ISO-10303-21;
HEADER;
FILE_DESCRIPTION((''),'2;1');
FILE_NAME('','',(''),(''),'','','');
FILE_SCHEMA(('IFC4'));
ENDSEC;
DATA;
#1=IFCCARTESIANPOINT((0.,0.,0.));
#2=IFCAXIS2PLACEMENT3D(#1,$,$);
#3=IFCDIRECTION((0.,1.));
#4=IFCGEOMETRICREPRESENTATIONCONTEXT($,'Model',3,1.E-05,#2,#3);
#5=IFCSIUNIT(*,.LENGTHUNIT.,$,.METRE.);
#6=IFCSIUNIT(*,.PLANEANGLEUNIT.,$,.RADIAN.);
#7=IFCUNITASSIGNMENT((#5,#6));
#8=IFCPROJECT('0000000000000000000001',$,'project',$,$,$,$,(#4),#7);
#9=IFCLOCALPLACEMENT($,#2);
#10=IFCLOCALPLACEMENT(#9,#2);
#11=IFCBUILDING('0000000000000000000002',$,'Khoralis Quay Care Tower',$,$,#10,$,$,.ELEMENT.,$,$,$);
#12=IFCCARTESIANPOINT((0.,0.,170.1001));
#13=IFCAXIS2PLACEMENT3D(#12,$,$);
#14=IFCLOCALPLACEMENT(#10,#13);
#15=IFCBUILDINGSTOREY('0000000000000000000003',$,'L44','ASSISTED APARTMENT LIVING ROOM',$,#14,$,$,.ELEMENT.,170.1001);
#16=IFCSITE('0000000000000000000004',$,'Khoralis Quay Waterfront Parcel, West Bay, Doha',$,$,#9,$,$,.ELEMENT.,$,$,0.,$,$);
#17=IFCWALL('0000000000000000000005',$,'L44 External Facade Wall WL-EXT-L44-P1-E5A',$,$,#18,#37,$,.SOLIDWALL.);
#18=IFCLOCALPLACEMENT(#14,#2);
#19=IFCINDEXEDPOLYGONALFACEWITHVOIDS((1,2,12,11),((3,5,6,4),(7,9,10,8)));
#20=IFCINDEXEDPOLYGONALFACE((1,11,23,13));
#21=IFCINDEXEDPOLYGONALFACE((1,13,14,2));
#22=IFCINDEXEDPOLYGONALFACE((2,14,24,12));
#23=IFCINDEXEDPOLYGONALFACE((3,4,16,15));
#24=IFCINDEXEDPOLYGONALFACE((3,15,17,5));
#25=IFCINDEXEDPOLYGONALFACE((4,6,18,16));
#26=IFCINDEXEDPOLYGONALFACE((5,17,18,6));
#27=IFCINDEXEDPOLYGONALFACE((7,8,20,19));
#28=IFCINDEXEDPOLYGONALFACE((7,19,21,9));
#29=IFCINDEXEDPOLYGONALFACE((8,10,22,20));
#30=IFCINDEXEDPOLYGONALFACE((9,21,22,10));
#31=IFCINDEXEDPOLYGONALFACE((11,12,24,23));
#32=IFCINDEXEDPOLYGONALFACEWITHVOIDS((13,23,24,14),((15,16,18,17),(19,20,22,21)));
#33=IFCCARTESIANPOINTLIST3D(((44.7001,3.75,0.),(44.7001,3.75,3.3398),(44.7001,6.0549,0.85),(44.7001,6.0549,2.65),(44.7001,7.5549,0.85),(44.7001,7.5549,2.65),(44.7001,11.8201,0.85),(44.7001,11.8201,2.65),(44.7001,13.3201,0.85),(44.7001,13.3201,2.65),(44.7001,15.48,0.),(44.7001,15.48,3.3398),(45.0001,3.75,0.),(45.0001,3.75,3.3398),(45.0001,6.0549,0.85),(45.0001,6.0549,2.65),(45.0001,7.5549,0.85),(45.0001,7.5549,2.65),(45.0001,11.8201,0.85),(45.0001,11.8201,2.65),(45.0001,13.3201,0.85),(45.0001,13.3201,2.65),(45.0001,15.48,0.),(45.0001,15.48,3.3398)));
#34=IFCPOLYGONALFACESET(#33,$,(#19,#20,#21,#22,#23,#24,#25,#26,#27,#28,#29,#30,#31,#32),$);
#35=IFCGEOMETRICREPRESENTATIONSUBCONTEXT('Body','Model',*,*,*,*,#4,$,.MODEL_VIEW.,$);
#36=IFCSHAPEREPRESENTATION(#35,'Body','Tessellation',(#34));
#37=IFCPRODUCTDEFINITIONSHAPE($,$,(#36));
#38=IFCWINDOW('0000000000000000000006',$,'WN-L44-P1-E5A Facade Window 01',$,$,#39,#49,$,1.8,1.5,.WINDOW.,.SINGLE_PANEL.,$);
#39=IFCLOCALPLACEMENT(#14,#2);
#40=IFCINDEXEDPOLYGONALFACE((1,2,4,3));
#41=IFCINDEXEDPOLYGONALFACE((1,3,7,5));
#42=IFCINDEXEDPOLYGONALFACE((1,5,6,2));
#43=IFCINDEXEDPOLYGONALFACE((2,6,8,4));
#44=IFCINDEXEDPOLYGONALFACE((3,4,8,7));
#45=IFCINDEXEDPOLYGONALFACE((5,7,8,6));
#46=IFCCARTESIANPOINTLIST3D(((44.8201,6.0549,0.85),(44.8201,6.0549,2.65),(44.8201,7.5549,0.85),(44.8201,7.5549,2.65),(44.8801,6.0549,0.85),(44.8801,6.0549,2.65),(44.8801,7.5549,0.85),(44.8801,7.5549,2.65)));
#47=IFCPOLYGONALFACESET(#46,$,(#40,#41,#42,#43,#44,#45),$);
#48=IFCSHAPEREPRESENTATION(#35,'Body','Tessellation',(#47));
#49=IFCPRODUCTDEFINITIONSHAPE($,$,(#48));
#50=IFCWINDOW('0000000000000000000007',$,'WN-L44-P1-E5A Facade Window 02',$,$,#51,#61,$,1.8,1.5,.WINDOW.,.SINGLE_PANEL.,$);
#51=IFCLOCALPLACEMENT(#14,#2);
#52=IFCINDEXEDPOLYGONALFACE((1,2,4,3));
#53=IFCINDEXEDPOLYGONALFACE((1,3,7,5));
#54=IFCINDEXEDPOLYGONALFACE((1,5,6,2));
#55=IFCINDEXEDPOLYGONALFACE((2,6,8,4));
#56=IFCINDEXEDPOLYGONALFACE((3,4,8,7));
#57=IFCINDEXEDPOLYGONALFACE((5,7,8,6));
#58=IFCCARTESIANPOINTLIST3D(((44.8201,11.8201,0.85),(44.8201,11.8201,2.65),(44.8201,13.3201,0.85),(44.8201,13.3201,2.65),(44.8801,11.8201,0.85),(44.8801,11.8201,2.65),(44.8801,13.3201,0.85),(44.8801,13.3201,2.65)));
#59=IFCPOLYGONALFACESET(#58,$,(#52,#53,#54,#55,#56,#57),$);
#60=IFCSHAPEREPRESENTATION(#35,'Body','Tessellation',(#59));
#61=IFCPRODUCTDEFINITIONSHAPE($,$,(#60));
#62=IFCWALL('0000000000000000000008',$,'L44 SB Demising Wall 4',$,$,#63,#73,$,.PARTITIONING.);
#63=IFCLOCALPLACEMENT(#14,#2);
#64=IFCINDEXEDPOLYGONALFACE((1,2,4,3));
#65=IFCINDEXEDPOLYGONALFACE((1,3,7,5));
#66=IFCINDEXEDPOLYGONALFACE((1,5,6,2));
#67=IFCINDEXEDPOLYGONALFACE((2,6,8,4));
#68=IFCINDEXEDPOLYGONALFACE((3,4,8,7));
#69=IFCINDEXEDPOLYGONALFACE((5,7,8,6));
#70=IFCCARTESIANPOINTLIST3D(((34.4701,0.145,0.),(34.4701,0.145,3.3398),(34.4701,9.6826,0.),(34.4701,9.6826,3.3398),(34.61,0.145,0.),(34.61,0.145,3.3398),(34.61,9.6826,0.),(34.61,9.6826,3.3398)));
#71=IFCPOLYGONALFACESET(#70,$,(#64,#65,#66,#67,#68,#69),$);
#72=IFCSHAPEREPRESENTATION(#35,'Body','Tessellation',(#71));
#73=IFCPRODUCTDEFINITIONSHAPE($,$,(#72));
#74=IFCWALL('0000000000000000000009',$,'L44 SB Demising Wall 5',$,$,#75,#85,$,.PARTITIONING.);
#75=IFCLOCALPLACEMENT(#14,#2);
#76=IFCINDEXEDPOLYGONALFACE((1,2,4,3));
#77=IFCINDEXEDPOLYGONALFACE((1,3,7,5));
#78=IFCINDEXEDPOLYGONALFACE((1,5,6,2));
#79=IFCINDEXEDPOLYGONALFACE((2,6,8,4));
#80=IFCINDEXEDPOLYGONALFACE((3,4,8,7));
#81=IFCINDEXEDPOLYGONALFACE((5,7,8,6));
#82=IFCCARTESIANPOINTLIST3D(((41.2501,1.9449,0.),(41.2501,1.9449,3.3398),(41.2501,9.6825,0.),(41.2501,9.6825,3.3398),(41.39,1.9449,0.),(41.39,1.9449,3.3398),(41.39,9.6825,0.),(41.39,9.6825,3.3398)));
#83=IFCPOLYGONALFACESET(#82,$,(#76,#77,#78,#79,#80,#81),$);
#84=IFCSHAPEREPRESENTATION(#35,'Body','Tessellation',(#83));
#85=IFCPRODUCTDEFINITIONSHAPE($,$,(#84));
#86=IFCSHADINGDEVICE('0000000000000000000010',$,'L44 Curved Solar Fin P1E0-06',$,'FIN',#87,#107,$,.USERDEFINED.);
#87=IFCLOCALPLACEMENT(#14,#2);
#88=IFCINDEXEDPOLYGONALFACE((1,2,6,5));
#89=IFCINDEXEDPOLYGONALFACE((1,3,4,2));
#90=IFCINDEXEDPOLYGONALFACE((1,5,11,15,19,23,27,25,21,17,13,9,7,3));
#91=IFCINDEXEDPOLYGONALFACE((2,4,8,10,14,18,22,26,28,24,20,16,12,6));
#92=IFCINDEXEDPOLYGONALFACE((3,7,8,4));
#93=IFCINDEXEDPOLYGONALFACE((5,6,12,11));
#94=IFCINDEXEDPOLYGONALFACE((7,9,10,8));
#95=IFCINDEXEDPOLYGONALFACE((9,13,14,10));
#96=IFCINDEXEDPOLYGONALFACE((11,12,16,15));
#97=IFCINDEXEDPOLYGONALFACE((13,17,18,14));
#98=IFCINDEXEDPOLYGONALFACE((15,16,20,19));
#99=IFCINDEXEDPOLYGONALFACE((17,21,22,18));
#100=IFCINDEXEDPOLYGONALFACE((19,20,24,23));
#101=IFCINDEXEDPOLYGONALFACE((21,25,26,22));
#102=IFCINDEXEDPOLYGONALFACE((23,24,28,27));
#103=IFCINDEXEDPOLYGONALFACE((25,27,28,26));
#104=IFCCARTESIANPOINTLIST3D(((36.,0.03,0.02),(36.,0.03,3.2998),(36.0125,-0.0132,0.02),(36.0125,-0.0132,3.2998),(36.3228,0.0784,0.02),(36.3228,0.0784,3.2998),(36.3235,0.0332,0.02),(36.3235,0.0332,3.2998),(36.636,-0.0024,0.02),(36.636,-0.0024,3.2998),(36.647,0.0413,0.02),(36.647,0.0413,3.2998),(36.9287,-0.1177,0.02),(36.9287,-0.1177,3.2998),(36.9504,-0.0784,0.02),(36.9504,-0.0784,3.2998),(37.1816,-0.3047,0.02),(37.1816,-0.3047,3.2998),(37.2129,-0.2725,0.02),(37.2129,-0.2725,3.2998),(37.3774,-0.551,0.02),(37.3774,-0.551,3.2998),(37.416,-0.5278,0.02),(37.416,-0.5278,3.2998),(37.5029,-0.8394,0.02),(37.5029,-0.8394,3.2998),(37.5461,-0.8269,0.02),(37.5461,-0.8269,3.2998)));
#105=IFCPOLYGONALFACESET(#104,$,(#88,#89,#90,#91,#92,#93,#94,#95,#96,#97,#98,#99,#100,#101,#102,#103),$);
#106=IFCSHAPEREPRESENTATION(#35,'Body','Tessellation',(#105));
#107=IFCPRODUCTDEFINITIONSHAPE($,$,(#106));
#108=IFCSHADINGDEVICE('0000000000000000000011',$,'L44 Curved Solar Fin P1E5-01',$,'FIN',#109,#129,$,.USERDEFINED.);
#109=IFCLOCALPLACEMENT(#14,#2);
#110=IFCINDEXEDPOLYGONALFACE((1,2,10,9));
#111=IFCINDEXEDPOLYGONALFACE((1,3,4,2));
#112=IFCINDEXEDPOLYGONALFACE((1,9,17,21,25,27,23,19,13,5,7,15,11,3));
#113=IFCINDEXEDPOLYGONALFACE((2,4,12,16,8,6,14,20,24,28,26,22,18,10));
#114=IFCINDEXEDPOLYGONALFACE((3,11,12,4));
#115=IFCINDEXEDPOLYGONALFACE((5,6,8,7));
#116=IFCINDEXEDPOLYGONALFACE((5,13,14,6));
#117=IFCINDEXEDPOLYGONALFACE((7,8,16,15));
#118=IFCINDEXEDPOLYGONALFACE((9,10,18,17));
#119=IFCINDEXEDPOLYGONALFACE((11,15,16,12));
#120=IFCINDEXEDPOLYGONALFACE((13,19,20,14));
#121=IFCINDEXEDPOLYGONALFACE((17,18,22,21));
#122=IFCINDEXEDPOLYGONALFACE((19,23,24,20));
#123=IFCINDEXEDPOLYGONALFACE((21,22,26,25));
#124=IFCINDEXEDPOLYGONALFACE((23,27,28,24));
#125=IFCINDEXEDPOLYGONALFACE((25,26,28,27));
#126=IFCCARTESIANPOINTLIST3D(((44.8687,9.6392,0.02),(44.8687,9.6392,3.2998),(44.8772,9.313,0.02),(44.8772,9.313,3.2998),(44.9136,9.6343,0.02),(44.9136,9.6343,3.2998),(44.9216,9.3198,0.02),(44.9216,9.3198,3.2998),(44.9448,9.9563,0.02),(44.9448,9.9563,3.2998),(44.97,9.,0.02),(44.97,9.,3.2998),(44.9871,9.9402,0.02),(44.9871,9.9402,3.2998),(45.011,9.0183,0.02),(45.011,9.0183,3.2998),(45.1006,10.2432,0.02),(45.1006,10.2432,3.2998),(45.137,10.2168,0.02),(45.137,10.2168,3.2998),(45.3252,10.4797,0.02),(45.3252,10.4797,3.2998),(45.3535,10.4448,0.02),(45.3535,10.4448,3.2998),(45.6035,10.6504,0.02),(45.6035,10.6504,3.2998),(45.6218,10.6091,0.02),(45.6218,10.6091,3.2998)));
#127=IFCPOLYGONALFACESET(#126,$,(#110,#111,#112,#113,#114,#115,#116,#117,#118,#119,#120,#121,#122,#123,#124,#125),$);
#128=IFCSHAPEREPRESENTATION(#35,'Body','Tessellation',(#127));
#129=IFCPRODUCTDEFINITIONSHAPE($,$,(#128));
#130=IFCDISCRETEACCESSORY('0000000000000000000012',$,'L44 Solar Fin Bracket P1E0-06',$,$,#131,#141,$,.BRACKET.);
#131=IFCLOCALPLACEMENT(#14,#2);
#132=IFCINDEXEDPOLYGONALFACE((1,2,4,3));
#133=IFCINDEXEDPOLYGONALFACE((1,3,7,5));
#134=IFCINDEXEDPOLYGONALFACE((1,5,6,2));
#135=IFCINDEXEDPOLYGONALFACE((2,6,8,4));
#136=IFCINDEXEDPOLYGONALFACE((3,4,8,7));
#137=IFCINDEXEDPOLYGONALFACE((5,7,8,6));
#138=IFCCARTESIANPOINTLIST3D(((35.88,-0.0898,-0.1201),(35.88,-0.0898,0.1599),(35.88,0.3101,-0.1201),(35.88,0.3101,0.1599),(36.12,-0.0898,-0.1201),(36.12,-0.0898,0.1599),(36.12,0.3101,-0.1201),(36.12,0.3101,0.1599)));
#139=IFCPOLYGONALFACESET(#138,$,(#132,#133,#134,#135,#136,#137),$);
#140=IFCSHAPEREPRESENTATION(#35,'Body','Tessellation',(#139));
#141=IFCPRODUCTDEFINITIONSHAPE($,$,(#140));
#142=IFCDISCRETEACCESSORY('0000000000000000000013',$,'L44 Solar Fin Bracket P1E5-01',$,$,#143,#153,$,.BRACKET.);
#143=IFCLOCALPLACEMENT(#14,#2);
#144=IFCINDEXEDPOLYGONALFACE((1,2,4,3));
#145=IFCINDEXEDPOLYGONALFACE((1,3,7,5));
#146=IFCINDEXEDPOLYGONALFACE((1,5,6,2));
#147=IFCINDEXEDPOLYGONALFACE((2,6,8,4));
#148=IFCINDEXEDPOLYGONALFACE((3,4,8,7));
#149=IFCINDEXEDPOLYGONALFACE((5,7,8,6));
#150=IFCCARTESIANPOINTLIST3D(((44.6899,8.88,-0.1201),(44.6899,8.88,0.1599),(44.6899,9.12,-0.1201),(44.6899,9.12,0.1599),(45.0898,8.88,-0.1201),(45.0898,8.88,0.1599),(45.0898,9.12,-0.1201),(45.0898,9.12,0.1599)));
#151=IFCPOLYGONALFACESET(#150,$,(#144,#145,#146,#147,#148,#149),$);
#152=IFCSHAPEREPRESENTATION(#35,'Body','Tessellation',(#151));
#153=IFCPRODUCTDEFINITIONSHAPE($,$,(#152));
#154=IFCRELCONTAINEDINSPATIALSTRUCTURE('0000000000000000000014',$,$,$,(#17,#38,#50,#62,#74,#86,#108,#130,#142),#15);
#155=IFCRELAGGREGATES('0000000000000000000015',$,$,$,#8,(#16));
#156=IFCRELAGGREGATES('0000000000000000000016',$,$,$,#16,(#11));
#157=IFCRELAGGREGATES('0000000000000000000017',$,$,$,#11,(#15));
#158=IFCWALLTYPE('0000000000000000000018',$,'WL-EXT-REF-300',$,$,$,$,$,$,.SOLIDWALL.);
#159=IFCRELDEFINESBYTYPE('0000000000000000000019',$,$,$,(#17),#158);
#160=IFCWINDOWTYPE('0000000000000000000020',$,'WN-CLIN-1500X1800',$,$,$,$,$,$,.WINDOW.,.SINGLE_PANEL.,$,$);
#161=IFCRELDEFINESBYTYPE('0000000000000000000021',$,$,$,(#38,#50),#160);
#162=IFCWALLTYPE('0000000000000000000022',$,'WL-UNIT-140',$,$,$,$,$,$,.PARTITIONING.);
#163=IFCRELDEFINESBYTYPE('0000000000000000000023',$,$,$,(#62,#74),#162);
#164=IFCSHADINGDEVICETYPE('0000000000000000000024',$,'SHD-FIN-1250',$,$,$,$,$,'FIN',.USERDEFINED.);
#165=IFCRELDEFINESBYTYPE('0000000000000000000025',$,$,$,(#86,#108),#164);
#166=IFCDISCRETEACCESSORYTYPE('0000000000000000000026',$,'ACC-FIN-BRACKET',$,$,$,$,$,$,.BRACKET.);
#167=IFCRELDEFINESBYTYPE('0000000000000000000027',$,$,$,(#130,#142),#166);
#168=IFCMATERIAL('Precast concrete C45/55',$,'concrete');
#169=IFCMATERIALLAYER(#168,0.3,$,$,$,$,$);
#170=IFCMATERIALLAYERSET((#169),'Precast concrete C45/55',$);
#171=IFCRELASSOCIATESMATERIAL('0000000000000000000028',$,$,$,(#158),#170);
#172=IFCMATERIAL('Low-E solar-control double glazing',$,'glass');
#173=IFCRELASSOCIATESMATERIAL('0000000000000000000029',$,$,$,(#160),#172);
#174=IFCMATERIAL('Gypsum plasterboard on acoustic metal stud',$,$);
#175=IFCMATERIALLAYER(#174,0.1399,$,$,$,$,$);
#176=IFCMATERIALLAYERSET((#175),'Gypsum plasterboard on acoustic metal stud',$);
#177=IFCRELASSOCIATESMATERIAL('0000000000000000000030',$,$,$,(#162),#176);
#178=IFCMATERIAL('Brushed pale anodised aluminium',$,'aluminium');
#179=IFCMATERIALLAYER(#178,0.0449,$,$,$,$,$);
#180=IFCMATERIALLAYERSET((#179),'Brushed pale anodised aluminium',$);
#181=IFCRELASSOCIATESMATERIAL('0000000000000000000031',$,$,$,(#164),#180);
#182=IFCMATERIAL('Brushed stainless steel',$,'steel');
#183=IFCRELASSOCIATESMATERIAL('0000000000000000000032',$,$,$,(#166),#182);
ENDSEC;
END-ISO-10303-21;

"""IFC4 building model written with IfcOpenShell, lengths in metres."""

from ifc_helpers import new_model, si_unit, direction, frame, frame_2d, origin, origin_2d, place, context, subcontext, project, spatial, polyline, rectangle, outline, extrude, source, transform, mapped, material, layer, layer_set, type_object, element, fill, save


model = new_model("IFC4")

# Units and contexts
model_context = context("Model", 3, precision=1e-05, world=origin(), true_north=direction((0.0, 1.0)))
body_context = subcontext(model_context, "Body", "Model", "MODEL_VIEW")
ifc_project = project(units=[si_unit("LENGTHUNIT", "METRE"), si_unit("PLANEANGLEUNIT", "RADIAN")], contexts=[model_context])

# Site, building, storey
site_placement = place(None, origin())
site = spatial("IfcSite", under=ifc_project, at=site_placement, Name="Khoralis Quay Waterfront Parcel, West Bay, Doha", CompositionType="ELEMENT", RefElevation=0.0)
building_placement = place(site_placement, origin())
building = spatial("IfcBuilding", under=site, at=building_placement, Name="Khoralis Quay Care Tower", CompositionType="ELEMENT")
storey_placement = place(building_placement, frame((0.0, 0.0, 170.1001)))
storey = spatial("IfcBuildingStorey", under=building, at=storey_placement, Name="L44", Description="ASSISTED APARTMENT LIVING ROOM", CompositionType="ELEMENT", Elevation=170.1001)

# Shared definitions
ifc_material_1 = material(Name="Gypsum plasterboard on acoustic metal stud")

# Shared definitions
ifc_material_2 = material(Name="Precast concrete C45/55", Category="concrete")
ifc_layer_1 = layer(ifc_material_2, 0.3)
ifc_layer_set_1 = layer_set([ifc_layer_1], Name="Precast concrete C45/55")
wall_type_1 = type_object("IfcWallType", Name="WL-EXT-REF-300", PredefinedType="SOLIDWALL", material=ifc_layer_set_1)

# Wall, openings, windows
wall_1_placement = place(storey_placement, frame((44.8501, 3.75, 0.0), z_axis=(0.0, 0.0, 1.0), x_axis=(0.0, 1.0, 0.0)))
wall_1 = element("IfcWall", 1, at=wall_1_placement, inside=storey, type_object=wall_type_1, Name="L44 External Facade Wall WL-EXT-L44-P1-E5A", PredefinedType="SOLIDWALL", context=body_context, shape_type="SweptSolid", body=[
    extrude(rectangle(XDim=11.73, YDim=0.3, at=frame_2d((5.865, 0.0))), origin(), (0.0, 0.0, 1.0), 3.3398),
])
opening_1_placement = place(wall_1_placement, frame((2.3049, 0.0, 0.8501)))
opening_1 = element("IfcOpeningElement", 2, at=opening_1_placement, cuts=wall_1, PredefinedType="OPENING", context=body_context, shape_type="SweptSolid", body=[
    extrude(rectangle(XDim=1.5, YDim=1.8, at=frame_2d((0.75, 0.8999))), frame((0.0, 0.1602, 0.0), z_axis=(0.0, -1.0, 0.0), x_axis=(1.0, 0.0, 0.0)), (0.0, 0.0, 1.0), 0.3201),
])
opening_2_placement = place(wall_1_placement, frame((8.0701, 0.0, 0.8501)))
opening_2 = element("IfcOpeningElement", 3, at=opening_2_placement, cuts=wall_1, PredefinedType="OPENING", context=body_context, shape_type="SweptSolid", body=[
    extrude(rectangle(XDim=1.5, YDim=1.8, at=frame_2d((0.75, 0.8999))), frame((0.0, 0.1602, 0.0), z_axis=(0.0, -1.0, 0.0), x_axis=(1.0, 0.0, 0.0)), (0.0, 0.0, 1.0), 0.3201),
])
ifc_material_3 = material(Name="Low-E solar-control double glazing", Category="glass")
window_type = type_object("IfcWindowType", Name="WN-CLIN-1500X1800", PartitioningType="SINGLE_PANEL", PredefinedType="WINDOW", material=ifc_material_3)
shared_shape_1 = source(origin(), body_context, "Body", "SweptSolid", [
    extrude(rectangle(XDim=1.5, YDim=1.8, at=frame_2d((0.75, 0.8999))), frame((0.0, 0.03, 0.0), z_axis=(0.0, -1.0, 0.0), x_axis=(1.0, 0.0, 0.0)), (0.0, 0.0, 1.0), 0.0601),
])
window_1_placement = place(opening_1_placement, origin())
window_1 = element("IfcWindow", 4, at=window_1_placement, inside=storey, type_object=window_type, Name="WN-L44-P1-E5A Facade Window 01", OverallHeight=1.8, OverallWidth=1.5, PartitioningType="SINGLE_PANEL", PredefinedType="WINDOW", context=body_context, shape_type="MappedRepresentation", body=[
    mapped(shared_shape_1, transform((0.0, 0.0, 0.0), scale=1.0)),
])
fill(opening_1, window_1)
window_2_placement = place(opening_2_placement, origin())
window_2 = element("IfcWindow", 5, at=window_2_placement, inside=storey, type_object=window_type, Name="WN-L44-P1-E5A Facade Window 02", OverallHeight=1.8, OverallWidth=1.5, PartitioningType="SINGLE_PANEL", PredefinedType="WINDOW", context=body_context, shape_type="MappedRepresentation", body=[
    mapped(shared_shape_1, transform((0.0, 0.0, 0.0), scale=1.0)),
])
fill(opening_2, window_2)

# Walls
ifc_layer_2 = layer(ifc_material_1, 0.1399)
ifc_layer_set_2 = layer_set([ifc_layer_2], Name="Gypsum plasterboard on acoustic metal stud")
wall_type_2 = type_object("IfcWallType", Name="WL-UNIT-140", PredefinedType="PARTITIONING", material=ifc_layer_set_2)
wall_2_placement = place(storey_placement, frame((34.54, 0.145, 0.0), z_axis=(0.0, 0.0, 1.0), x_axis=(0.0, 1.0, 0.0)))
element("IfcWall", 6, at=wall_2_placement, inside=storey, type_object=wall_type_2, Name="L44 SB Demising Wall 4", PredefinedType="PARTITIONING", context=body_context, shape_type="SweptSolid", body=[
    extrude(rectangle(XDim=9.5376, YDim=0.1399, at=frame_2d((4.7688, 0.0))), origin(), (0.0, 0.0, 1.0), 3.3398),
])
wall_3_placement = place(storey_placement, frame((41.3201, 1.9451, 0.0), z_axis=(0.0, 0.0, 1.0), x_axis=(0.0, 1.0, 0.0)))
element("IfcWall", 7, at=wall_3_placement, inside=storey, type_object=wall_type_2, Name="L44 SB Demising Wall 5", PredefinedType="PARTITIONING", context=body_context, shape_type="SweptSolid", body=[
    extrude(rectangle(XDim=7.7375, YDim=0.1399, at=frame_2d((3.8687, 0.0))), origin(), (0.0, 0.0, 1.0), 3.3398),
])

# Shading devices
ifc_material_4 = material(Name="Brushed pale anodised aluminium", Category="aluminium")
ifc_layer_3 = layer(ifc_material_4, 0.0449)
ifc_layer_set_3 = layer_set([ifc_layer_3], Name="Brushed pale anodised aluminium")
shading_device_type = type_object("IfcShadingDeviceType", Name="SHD-FIN-1250", ElementType="FIN", PredefinedType="USERDEFINED", material=ifc_layer_set_3)
shared_shape_2 = source(origin(), body_context, "Body", "SweptSolid", [
    extrude(outline(polyline([(0.0, 0.0), (-0.0483, 0.3228), (-0.0112, 0.647), (0.1084, 0.9504), (0.3025, 1.2129), (0.5579, 1.416), (0.8569, 1.5461), (0.8694, 1.5029), (0.5811, 1.3774), (0.3347, 1.1816), (0.1477, 0.9287), (0.0325, 0.636), (-0.0032, 0.3235), (0.0432, 0.0125), (0.0, 0.0)])), origin(), (0.0, 0.0, 1.0), 3.2798),
])
shading_device_1_placement = place(storey_placement, frame((36.0, 0.03, 0.02), z_axis=(0.0, 0.0, 1.0), x_axis=(0.0, -1.0, 0.0)))
element("IfcShadingDevice", 8, at=shading_device_1_placement, inside=storey, type_object=shading_device_type, Name="L44 Curved Solar Fin P1E0-06", ObjectType="FIN", PredefinedType="USERDEFINED", context=body_context, shape_type="MappedRepresentation", body=[
    mapped(shared_shape_2, transform((0.0, 0.0, 0.0), scale=1.0)),
])
shared_shape_3 = source(origin(), body_context, "Body", "SweptSolid", [
    extrude(outline(polyline([(0.0, 0.0), (-0.0928, 0.313), (-0.1013, 0.6392), (-0.0251, 0.9563), (0.1306, 1.2432), (0.3552, 1.4797), (0.6335, 1.6504), (0.6519, 1.6091), (0.3835, 1.4448), (0.167, 1.2168), (0.0171, 0.9402), (-0.0564, 0.6343), (-0.0483, 0.3198), (0.041, 0.0183), (0.0, 0.0)])), origin(), (0.0, 0.0, 1.0), 3.2798),
])
shading_device_2_placement = place(storey_placement, frame((44.97, 9.0, 0.02), z_axis=(0.0, 0.0, 1.0), x_axis=(1.0, 0.0, 0.0)))
element("IfcShadingDevice", 9, at=shading_device_2_placement, inside=storey, type_object=shading_device_type, Name="L44 Curved Solar Fin P1E5-01", ObjectType="FIN", PredefinedType="USERDEFINED", context=body_context, shape_type="MappedRepresentation", body=[
    mapped(shared_shape_3, transform((0.0, 0.0, 0.0), scale=1.0)),
])

# Discrete accessories
ifc_material_5 = material(Name="Brushed stainless steel", Category="steel")
discrete_accessory_type = type_object("IfcDiscreteAccessoryType", Name="ACC-FIN-BRACKET", PredefinedType="BRACKET", material=ifc_material_5)
shared_shape_4 = source(origin(), body_context, "Body", "SweptSolid", [
    extrude(rectangle(XDim=0.3999, YDim=0.24, at=origin_2d()), origin(), (0.0, 0.0, 1.0), 0.28),
])
for number, where, z_axis, x_axis, name in (
    (10, (36.0, 0.1101, -0.1201), (0.0, 0.0, 1.0), (0.0, -1.0, 0.0), "L44 Solar Fin Bracket P1E0-06"),
    (11, (44.8899, 9.0, -0.1201), (0.0, 0.0, 1.0), (1.0, 0.0, 0.0), "L44 Solar Fin Bracket P1E5-01"),
):
    element("IfcDiscreteAccessory", number, at=place(storey_placement, frame(where, z_axis=z_axis, x_axis=x_axis)), inside=storey, type_object=discrete_accessory_type, Name=name, PredefinedType="BRACKET", context=body_context, shape_type="MappedRepresentation", body=[
        mapped(shared_shape_4, transform((0.0, 0.0, 0.0), scale=1.0)),
    ])

save(model, "model.ifc")
